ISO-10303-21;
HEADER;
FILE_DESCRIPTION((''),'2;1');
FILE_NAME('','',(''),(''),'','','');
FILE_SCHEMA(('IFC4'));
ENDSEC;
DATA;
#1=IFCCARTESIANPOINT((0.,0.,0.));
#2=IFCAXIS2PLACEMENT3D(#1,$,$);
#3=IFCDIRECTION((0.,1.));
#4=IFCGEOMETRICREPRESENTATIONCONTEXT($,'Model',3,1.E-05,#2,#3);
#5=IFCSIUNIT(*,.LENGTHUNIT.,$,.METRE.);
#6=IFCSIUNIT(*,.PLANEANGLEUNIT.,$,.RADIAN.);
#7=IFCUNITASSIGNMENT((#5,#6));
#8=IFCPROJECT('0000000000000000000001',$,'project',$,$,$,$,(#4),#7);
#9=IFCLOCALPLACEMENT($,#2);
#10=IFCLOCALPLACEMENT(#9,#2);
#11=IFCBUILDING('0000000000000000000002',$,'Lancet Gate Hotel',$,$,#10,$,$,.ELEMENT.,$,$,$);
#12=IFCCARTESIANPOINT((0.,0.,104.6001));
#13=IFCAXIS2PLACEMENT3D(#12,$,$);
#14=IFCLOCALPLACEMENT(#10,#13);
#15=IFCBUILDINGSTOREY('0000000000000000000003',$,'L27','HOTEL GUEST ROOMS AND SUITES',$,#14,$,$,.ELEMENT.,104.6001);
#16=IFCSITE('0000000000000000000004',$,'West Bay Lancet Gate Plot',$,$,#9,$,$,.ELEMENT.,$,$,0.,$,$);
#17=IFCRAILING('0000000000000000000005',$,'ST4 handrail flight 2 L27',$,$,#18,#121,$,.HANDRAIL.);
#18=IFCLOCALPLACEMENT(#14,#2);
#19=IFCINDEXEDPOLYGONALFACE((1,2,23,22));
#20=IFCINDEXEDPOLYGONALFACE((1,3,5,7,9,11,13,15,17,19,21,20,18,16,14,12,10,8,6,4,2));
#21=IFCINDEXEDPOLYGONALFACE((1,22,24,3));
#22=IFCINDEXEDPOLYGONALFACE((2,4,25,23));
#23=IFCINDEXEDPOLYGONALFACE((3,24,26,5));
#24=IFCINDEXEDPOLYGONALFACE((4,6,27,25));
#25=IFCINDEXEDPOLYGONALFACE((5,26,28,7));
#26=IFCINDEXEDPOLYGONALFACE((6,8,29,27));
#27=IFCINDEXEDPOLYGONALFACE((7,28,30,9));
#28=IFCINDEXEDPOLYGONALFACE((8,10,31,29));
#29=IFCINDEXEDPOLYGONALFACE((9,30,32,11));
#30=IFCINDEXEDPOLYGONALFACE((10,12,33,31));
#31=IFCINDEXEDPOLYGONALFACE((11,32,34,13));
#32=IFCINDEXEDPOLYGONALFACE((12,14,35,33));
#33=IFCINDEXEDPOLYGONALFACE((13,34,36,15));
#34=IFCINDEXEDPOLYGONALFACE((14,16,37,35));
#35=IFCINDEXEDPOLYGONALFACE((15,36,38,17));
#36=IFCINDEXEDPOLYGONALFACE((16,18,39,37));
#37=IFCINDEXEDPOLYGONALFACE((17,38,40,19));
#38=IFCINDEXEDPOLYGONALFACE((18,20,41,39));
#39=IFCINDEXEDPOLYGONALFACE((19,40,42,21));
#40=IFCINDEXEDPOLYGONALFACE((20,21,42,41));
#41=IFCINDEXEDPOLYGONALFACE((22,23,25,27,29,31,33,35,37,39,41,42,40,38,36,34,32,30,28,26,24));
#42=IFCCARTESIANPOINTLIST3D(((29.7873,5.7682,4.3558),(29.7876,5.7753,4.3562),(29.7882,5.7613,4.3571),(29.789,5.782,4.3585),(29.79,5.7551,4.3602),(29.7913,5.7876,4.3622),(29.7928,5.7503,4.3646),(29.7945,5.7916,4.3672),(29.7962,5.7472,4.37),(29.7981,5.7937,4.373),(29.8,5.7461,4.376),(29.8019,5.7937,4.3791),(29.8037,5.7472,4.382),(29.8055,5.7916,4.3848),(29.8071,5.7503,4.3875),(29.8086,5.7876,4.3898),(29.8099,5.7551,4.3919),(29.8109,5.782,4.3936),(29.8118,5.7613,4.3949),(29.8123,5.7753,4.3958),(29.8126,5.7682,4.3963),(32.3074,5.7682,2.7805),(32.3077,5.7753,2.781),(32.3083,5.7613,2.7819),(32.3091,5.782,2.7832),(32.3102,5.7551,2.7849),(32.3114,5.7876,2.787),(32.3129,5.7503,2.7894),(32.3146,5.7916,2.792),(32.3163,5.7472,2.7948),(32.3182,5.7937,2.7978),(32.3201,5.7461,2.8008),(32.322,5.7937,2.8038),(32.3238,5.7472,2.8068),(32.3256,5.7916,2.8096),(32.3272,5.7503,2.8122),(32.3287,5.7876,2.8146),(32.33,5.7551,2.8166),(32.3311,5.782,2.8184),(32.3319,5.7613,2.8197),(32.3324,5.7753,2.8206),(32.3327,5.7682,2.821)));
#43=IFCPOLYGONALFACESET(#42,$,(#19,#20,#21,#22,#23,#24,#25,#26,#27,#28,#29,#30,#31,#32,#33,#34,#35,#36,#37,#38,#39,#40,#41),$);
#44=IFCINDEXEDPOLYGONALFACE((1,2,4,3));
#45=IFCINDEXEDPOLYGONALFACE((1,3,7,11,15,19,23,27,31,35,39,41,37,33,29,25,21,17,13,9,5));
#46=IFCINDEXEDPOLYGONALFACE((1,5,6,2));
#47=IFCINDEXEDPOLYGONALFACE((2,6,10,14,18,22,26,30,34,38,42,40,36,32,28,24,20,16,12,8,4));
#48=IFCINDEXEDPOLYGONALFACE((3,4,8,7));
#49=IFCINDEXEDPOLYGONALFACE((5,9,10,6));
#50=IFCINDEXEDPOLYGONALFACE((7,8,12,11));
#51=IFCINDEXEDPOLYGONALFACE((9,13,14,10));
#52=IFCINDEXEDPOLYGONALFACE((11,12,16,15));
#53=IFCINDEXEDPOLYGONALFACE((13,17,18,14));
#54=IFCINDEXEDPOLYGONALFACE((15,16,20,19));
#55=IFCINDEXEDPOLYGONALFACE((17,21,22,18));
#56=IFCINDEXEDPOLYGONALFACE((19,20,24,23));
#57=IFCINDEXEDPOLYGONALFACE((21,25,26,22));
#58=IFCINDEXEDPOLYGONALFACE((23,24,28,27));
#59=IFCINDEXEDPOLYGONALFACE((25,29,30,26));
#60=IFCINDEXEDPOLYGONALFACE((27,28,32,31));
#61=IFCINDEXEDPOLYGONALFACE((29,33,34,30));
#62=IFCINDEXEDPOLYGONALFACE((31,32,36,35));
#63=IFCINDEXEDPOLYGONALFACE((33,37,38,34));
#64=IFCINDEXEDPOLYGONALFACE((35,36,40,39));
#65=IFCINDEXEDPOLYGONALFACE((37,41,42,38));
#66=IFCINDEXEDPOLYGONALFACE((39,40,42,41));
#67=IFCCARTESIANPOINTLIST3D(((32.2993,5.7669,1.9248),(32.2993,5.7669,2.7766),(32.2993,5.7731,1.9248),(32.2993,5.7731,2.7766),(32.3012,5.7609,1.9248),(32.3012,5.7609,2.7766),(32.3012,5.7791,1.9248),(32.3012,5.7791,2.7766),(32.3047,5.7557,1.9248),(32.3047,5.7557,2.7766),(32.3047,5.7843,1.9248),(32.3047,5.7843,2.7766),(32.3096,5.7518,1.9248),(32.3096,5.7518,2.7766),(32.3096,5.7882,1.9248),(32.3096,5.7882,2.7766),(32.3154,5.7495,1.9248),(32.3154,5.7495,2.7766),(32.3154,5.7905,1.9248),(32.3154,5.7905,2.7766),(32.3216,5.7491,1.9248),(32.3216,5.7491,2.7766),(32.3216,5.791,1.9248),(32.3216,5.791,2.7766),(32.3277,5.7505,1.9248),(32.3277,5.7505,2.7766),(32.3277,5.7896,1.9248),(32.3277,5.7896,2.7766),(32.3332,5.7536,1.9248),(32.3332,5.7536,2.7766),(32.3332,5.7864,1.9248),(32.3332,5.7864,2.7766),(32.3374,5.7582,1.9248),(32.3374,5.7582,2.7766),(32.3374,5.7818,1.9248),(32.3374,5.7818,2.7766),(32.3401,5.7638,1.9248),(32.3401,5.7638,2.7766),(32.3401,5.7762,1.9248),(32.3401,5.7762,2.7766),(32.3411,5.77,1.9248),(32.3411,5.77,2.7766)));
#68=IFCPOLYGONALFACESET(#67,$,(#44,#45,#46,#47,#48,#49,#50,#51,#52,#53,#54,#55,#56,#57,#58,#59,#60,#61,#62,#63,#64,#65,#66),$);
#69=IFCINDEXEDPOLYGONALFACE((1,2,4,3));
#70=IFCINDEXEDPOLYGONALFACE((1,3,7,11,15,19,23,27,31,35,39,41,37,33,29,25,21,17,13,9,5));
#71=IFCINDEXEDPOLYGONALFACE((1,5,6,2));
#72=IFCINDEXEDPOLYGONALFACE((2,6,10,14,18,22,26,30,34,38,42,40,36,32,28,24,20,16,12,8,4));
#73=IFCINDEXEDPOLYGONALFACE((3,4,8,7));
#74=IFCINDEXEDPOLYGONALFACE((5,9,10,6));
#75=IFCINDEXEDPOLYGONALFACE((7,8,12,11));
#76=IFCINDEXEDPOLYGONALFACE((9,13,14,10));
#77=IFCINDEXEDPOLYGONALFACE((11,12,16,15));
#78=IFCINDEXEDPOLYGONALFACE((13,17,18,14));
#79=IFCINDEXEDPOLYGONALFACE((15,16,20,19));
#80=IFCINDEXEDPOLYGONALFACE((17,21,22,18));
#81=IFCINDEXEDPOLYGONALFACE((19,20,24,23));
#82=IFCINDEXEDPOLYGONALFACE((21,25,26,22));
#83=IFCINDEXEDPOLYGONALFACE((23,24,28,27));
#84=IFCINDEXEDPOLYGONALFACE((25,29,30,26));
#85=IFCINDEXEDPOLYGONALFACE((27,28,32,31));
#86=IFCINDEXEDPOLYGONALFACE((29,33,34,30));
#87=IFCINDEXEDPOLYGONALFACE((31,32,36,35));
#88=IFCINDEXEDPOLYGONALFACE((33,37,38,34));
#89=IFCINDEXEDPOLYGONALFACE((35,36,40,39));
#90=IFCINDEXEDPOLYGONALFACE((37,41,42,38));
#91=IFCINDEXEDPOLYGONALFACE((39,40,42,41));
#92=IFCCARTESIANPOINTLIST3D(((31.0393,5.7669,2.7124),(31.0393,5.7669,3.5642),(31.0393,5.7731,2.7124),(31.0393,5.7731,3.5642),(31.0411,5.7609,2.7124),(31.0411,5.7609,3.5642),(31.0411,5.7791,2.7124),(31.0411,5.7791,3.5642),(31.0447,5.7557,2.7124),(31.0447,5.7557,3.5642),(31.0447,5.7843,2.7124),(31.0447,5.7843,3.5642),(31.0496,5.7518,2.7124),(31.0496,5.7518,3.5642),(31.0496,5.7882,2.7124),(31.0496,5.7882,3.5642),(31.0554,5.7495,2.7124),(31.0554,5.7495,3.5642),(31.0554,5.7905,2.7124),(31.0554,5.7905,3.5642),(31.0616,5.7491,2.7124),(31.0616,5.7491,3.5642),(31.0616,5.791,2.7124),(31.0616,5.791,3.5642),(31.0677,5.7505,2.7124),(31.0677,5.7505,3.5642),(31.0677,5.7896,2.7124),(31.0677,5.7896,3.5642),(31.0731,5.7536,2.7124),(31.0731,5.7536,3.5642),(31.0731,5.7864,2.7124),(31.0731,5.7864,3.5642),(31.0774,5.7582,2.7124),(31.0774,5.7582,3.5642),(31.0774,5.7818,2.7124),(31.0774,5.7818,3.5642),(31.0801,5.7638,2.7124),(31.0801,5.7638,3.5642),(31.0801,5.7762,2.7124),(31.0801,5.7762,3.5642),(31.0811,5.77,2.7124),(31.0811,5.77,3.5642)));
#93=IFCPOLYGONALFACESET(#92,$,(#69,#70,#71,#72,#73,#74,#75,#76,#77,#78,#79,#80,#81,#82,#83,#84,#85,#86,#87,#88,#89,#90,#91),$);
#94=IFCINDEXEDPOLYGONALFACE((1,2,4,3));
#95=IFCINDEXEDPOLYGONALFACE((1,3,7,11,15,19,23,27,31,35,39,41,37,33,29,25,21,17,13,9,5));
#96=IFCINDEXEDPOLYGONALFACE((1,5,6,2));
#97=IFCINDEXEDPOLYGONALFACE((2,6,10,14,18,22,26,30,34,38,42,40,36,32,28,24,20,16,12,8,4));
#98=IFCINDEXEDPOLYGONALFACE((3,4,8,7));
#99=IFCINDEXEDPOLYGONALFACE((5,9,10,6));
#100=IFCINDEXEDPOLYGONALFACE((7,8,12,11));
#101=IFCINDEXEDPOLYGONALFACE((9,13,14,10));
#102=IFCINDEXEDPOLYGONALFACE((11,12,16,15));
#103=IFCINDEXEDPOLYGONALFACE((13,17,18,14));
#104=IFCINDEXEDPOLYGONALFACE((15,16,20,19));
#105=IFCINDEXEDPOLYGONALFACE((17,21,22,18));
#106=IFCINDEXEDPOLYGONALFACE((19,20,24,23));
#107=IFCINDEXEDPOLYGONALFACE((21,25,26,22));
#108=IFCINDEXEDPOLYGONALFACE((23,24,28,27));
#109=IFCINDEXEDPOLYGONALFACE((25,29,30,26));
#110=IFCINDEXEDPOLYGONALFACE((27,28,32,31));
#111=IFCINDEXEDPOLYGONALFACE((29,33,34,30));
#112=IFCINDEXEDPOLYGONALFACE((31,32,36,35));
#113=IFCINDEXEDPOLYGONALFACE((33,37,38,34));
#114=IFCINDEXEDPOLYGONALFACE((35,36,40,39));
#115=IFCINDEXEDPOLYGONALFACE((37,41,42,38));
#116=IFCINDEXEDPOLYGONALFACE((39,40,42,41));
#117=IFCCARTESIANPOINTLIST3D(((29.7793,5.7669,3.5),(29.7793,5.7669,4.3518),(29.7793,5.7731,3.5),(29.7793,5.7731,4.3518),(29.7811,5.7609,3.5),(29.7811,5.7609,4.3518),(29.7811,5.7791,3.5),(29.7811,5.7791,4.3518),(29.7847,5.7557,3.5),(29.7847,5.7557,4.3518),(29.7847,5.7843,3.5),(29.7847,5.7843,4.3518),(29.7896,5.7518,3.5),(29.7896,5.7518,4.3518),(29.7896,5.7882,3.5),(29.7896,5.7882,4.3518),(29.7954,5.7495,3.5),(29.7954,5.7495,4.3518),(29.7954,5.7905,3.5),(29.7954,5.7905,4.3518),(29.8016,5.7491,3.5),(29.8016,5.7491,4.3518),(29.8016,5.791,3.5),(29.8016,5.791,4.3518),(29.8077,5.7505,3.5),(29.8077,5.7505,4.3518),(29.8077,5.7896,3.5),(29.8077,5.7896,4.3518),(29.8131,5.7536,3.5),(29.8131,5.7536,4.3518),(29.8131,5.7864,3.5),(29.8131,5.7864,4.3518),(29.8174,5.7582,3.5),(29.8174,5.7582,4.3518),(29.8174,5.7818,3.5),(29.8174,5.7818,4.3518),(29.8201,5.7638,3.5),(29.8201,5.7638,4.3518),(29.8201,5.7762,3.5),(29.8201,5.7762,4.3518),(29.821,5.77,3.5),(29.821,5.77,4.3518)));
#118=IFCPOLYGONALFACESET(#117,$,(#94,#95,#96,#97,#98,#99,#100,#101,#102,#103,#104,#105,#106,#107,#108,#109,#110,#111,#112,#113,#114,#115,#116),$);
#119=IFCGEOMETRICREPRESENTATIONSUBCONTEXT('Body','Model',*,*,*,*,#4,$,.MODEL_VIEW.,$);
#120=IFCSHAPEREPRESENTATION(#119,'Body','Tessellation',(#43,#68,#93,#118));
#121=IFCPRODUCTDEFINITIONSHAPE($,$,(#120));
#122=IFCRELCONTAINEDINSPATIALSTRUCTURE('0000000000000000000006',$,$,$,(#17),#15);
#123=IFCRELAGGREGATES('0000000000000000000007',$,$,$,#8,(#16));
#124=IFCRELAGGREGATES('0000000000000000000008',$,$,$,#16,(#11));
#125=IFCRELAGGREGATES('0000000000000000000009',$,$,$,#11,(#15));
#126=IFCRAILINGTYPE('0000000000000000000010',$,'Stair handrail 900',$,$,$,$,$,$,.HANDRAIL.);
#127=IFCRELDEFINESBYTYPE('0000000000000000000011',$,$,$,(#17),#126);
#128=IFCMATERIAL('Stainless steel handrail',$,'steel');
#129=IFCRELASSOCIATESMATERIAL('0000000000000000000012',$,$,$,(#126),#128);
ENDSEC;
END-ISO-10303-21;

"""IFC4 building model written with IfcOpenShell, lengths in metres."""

from ifc_helpers import new_model, si_unit, direction, frame, origin, origin_2d, place, context, subcontext, project, spatial, circle, extrude, material, type_object, element, save


model = new_model("IFC4")

# Units and contexts
model_context = context("Model", 3, precision=1e-05, world=origin(), true_north=direction((0.0, 1.0)))
body_context = subcontext(model_context, "Body", "Model", "MODEL_VIEW")
ifc_project = project(units=[si_unit("LENGTHUNIT", "METRE"), si_unit("PLANEANGLEUNIT", "RADIAN")], contexts=[model_context])

# Site, building, storey
site_placement = place(None, origin())
site = spatial("IfcSite", under=ifc_project, at=site_placement, Name="West Bay Lancet Gate Plot", CompositionType="ELEMENT", RefElevation=0.0)
building_placement = place(site_placement, origin())
building = spatial("IfcBuilding", under=site, at=building_placement, Name="Lancet Gate Hotel", CompositionType="ELEMENT")
storey_placement = place(building_placement, frame((0.0, 0.0, 104.6001)))
storey = spatial("IfcBuildingStorey", under=building, at=storey_placement, Name="L27", Description="HOTEL GUEST ROOMS AND SUITES", CompositionType="ELEMENT", Elevation=104.6001)

# Railing
ifc_material_1 = material(Name="Stainless steel handrail", Category="steel")
railing_type = type_object("IfcRailingType", Name="Stair handrail 900", PredefinedType="HANDRAIL", material=ifc_material_1)
railing_1_placement = place(storey_placement, frame((32.3201, 5.77, 1.9248)))
element("IfcRailing", 1, at=railing_1_placement, inside=storey, type_object=railing_type, Name="ST4 handrail flight 2 L27", PredefinedType="HANDRAIL", context=body_context, shape_type="SweptSolid", body=[
    extrude(circle(Radius=0.0239, at=origin_2d()), frame((0.0, 0.0, 0.876), z_axis=(-0.847971, 0.0, 0.530043), x_axis=(0.0, -1.0, 0.0)), (0.0, 0.0, 1.0), 2.9719),
    extrude(circle(Radius=0.021, at=origin_2d()), origin(), (0.0, 0.0, 1.0), 0.8518),
    extrude(circle(Radius=0.021, at=origin_2d()), frame((-1.26, 0.0, 0.7876)), (0.0, 0.0, 1.0), 0.8518),
    extrude(circle(Radius=0.021, at=origin_2d()), frame((-2.52, 0.0, 1.5752)), (0.0, 0.0, 1.0), 0.8518),
])

save(model, "model.ifc")
